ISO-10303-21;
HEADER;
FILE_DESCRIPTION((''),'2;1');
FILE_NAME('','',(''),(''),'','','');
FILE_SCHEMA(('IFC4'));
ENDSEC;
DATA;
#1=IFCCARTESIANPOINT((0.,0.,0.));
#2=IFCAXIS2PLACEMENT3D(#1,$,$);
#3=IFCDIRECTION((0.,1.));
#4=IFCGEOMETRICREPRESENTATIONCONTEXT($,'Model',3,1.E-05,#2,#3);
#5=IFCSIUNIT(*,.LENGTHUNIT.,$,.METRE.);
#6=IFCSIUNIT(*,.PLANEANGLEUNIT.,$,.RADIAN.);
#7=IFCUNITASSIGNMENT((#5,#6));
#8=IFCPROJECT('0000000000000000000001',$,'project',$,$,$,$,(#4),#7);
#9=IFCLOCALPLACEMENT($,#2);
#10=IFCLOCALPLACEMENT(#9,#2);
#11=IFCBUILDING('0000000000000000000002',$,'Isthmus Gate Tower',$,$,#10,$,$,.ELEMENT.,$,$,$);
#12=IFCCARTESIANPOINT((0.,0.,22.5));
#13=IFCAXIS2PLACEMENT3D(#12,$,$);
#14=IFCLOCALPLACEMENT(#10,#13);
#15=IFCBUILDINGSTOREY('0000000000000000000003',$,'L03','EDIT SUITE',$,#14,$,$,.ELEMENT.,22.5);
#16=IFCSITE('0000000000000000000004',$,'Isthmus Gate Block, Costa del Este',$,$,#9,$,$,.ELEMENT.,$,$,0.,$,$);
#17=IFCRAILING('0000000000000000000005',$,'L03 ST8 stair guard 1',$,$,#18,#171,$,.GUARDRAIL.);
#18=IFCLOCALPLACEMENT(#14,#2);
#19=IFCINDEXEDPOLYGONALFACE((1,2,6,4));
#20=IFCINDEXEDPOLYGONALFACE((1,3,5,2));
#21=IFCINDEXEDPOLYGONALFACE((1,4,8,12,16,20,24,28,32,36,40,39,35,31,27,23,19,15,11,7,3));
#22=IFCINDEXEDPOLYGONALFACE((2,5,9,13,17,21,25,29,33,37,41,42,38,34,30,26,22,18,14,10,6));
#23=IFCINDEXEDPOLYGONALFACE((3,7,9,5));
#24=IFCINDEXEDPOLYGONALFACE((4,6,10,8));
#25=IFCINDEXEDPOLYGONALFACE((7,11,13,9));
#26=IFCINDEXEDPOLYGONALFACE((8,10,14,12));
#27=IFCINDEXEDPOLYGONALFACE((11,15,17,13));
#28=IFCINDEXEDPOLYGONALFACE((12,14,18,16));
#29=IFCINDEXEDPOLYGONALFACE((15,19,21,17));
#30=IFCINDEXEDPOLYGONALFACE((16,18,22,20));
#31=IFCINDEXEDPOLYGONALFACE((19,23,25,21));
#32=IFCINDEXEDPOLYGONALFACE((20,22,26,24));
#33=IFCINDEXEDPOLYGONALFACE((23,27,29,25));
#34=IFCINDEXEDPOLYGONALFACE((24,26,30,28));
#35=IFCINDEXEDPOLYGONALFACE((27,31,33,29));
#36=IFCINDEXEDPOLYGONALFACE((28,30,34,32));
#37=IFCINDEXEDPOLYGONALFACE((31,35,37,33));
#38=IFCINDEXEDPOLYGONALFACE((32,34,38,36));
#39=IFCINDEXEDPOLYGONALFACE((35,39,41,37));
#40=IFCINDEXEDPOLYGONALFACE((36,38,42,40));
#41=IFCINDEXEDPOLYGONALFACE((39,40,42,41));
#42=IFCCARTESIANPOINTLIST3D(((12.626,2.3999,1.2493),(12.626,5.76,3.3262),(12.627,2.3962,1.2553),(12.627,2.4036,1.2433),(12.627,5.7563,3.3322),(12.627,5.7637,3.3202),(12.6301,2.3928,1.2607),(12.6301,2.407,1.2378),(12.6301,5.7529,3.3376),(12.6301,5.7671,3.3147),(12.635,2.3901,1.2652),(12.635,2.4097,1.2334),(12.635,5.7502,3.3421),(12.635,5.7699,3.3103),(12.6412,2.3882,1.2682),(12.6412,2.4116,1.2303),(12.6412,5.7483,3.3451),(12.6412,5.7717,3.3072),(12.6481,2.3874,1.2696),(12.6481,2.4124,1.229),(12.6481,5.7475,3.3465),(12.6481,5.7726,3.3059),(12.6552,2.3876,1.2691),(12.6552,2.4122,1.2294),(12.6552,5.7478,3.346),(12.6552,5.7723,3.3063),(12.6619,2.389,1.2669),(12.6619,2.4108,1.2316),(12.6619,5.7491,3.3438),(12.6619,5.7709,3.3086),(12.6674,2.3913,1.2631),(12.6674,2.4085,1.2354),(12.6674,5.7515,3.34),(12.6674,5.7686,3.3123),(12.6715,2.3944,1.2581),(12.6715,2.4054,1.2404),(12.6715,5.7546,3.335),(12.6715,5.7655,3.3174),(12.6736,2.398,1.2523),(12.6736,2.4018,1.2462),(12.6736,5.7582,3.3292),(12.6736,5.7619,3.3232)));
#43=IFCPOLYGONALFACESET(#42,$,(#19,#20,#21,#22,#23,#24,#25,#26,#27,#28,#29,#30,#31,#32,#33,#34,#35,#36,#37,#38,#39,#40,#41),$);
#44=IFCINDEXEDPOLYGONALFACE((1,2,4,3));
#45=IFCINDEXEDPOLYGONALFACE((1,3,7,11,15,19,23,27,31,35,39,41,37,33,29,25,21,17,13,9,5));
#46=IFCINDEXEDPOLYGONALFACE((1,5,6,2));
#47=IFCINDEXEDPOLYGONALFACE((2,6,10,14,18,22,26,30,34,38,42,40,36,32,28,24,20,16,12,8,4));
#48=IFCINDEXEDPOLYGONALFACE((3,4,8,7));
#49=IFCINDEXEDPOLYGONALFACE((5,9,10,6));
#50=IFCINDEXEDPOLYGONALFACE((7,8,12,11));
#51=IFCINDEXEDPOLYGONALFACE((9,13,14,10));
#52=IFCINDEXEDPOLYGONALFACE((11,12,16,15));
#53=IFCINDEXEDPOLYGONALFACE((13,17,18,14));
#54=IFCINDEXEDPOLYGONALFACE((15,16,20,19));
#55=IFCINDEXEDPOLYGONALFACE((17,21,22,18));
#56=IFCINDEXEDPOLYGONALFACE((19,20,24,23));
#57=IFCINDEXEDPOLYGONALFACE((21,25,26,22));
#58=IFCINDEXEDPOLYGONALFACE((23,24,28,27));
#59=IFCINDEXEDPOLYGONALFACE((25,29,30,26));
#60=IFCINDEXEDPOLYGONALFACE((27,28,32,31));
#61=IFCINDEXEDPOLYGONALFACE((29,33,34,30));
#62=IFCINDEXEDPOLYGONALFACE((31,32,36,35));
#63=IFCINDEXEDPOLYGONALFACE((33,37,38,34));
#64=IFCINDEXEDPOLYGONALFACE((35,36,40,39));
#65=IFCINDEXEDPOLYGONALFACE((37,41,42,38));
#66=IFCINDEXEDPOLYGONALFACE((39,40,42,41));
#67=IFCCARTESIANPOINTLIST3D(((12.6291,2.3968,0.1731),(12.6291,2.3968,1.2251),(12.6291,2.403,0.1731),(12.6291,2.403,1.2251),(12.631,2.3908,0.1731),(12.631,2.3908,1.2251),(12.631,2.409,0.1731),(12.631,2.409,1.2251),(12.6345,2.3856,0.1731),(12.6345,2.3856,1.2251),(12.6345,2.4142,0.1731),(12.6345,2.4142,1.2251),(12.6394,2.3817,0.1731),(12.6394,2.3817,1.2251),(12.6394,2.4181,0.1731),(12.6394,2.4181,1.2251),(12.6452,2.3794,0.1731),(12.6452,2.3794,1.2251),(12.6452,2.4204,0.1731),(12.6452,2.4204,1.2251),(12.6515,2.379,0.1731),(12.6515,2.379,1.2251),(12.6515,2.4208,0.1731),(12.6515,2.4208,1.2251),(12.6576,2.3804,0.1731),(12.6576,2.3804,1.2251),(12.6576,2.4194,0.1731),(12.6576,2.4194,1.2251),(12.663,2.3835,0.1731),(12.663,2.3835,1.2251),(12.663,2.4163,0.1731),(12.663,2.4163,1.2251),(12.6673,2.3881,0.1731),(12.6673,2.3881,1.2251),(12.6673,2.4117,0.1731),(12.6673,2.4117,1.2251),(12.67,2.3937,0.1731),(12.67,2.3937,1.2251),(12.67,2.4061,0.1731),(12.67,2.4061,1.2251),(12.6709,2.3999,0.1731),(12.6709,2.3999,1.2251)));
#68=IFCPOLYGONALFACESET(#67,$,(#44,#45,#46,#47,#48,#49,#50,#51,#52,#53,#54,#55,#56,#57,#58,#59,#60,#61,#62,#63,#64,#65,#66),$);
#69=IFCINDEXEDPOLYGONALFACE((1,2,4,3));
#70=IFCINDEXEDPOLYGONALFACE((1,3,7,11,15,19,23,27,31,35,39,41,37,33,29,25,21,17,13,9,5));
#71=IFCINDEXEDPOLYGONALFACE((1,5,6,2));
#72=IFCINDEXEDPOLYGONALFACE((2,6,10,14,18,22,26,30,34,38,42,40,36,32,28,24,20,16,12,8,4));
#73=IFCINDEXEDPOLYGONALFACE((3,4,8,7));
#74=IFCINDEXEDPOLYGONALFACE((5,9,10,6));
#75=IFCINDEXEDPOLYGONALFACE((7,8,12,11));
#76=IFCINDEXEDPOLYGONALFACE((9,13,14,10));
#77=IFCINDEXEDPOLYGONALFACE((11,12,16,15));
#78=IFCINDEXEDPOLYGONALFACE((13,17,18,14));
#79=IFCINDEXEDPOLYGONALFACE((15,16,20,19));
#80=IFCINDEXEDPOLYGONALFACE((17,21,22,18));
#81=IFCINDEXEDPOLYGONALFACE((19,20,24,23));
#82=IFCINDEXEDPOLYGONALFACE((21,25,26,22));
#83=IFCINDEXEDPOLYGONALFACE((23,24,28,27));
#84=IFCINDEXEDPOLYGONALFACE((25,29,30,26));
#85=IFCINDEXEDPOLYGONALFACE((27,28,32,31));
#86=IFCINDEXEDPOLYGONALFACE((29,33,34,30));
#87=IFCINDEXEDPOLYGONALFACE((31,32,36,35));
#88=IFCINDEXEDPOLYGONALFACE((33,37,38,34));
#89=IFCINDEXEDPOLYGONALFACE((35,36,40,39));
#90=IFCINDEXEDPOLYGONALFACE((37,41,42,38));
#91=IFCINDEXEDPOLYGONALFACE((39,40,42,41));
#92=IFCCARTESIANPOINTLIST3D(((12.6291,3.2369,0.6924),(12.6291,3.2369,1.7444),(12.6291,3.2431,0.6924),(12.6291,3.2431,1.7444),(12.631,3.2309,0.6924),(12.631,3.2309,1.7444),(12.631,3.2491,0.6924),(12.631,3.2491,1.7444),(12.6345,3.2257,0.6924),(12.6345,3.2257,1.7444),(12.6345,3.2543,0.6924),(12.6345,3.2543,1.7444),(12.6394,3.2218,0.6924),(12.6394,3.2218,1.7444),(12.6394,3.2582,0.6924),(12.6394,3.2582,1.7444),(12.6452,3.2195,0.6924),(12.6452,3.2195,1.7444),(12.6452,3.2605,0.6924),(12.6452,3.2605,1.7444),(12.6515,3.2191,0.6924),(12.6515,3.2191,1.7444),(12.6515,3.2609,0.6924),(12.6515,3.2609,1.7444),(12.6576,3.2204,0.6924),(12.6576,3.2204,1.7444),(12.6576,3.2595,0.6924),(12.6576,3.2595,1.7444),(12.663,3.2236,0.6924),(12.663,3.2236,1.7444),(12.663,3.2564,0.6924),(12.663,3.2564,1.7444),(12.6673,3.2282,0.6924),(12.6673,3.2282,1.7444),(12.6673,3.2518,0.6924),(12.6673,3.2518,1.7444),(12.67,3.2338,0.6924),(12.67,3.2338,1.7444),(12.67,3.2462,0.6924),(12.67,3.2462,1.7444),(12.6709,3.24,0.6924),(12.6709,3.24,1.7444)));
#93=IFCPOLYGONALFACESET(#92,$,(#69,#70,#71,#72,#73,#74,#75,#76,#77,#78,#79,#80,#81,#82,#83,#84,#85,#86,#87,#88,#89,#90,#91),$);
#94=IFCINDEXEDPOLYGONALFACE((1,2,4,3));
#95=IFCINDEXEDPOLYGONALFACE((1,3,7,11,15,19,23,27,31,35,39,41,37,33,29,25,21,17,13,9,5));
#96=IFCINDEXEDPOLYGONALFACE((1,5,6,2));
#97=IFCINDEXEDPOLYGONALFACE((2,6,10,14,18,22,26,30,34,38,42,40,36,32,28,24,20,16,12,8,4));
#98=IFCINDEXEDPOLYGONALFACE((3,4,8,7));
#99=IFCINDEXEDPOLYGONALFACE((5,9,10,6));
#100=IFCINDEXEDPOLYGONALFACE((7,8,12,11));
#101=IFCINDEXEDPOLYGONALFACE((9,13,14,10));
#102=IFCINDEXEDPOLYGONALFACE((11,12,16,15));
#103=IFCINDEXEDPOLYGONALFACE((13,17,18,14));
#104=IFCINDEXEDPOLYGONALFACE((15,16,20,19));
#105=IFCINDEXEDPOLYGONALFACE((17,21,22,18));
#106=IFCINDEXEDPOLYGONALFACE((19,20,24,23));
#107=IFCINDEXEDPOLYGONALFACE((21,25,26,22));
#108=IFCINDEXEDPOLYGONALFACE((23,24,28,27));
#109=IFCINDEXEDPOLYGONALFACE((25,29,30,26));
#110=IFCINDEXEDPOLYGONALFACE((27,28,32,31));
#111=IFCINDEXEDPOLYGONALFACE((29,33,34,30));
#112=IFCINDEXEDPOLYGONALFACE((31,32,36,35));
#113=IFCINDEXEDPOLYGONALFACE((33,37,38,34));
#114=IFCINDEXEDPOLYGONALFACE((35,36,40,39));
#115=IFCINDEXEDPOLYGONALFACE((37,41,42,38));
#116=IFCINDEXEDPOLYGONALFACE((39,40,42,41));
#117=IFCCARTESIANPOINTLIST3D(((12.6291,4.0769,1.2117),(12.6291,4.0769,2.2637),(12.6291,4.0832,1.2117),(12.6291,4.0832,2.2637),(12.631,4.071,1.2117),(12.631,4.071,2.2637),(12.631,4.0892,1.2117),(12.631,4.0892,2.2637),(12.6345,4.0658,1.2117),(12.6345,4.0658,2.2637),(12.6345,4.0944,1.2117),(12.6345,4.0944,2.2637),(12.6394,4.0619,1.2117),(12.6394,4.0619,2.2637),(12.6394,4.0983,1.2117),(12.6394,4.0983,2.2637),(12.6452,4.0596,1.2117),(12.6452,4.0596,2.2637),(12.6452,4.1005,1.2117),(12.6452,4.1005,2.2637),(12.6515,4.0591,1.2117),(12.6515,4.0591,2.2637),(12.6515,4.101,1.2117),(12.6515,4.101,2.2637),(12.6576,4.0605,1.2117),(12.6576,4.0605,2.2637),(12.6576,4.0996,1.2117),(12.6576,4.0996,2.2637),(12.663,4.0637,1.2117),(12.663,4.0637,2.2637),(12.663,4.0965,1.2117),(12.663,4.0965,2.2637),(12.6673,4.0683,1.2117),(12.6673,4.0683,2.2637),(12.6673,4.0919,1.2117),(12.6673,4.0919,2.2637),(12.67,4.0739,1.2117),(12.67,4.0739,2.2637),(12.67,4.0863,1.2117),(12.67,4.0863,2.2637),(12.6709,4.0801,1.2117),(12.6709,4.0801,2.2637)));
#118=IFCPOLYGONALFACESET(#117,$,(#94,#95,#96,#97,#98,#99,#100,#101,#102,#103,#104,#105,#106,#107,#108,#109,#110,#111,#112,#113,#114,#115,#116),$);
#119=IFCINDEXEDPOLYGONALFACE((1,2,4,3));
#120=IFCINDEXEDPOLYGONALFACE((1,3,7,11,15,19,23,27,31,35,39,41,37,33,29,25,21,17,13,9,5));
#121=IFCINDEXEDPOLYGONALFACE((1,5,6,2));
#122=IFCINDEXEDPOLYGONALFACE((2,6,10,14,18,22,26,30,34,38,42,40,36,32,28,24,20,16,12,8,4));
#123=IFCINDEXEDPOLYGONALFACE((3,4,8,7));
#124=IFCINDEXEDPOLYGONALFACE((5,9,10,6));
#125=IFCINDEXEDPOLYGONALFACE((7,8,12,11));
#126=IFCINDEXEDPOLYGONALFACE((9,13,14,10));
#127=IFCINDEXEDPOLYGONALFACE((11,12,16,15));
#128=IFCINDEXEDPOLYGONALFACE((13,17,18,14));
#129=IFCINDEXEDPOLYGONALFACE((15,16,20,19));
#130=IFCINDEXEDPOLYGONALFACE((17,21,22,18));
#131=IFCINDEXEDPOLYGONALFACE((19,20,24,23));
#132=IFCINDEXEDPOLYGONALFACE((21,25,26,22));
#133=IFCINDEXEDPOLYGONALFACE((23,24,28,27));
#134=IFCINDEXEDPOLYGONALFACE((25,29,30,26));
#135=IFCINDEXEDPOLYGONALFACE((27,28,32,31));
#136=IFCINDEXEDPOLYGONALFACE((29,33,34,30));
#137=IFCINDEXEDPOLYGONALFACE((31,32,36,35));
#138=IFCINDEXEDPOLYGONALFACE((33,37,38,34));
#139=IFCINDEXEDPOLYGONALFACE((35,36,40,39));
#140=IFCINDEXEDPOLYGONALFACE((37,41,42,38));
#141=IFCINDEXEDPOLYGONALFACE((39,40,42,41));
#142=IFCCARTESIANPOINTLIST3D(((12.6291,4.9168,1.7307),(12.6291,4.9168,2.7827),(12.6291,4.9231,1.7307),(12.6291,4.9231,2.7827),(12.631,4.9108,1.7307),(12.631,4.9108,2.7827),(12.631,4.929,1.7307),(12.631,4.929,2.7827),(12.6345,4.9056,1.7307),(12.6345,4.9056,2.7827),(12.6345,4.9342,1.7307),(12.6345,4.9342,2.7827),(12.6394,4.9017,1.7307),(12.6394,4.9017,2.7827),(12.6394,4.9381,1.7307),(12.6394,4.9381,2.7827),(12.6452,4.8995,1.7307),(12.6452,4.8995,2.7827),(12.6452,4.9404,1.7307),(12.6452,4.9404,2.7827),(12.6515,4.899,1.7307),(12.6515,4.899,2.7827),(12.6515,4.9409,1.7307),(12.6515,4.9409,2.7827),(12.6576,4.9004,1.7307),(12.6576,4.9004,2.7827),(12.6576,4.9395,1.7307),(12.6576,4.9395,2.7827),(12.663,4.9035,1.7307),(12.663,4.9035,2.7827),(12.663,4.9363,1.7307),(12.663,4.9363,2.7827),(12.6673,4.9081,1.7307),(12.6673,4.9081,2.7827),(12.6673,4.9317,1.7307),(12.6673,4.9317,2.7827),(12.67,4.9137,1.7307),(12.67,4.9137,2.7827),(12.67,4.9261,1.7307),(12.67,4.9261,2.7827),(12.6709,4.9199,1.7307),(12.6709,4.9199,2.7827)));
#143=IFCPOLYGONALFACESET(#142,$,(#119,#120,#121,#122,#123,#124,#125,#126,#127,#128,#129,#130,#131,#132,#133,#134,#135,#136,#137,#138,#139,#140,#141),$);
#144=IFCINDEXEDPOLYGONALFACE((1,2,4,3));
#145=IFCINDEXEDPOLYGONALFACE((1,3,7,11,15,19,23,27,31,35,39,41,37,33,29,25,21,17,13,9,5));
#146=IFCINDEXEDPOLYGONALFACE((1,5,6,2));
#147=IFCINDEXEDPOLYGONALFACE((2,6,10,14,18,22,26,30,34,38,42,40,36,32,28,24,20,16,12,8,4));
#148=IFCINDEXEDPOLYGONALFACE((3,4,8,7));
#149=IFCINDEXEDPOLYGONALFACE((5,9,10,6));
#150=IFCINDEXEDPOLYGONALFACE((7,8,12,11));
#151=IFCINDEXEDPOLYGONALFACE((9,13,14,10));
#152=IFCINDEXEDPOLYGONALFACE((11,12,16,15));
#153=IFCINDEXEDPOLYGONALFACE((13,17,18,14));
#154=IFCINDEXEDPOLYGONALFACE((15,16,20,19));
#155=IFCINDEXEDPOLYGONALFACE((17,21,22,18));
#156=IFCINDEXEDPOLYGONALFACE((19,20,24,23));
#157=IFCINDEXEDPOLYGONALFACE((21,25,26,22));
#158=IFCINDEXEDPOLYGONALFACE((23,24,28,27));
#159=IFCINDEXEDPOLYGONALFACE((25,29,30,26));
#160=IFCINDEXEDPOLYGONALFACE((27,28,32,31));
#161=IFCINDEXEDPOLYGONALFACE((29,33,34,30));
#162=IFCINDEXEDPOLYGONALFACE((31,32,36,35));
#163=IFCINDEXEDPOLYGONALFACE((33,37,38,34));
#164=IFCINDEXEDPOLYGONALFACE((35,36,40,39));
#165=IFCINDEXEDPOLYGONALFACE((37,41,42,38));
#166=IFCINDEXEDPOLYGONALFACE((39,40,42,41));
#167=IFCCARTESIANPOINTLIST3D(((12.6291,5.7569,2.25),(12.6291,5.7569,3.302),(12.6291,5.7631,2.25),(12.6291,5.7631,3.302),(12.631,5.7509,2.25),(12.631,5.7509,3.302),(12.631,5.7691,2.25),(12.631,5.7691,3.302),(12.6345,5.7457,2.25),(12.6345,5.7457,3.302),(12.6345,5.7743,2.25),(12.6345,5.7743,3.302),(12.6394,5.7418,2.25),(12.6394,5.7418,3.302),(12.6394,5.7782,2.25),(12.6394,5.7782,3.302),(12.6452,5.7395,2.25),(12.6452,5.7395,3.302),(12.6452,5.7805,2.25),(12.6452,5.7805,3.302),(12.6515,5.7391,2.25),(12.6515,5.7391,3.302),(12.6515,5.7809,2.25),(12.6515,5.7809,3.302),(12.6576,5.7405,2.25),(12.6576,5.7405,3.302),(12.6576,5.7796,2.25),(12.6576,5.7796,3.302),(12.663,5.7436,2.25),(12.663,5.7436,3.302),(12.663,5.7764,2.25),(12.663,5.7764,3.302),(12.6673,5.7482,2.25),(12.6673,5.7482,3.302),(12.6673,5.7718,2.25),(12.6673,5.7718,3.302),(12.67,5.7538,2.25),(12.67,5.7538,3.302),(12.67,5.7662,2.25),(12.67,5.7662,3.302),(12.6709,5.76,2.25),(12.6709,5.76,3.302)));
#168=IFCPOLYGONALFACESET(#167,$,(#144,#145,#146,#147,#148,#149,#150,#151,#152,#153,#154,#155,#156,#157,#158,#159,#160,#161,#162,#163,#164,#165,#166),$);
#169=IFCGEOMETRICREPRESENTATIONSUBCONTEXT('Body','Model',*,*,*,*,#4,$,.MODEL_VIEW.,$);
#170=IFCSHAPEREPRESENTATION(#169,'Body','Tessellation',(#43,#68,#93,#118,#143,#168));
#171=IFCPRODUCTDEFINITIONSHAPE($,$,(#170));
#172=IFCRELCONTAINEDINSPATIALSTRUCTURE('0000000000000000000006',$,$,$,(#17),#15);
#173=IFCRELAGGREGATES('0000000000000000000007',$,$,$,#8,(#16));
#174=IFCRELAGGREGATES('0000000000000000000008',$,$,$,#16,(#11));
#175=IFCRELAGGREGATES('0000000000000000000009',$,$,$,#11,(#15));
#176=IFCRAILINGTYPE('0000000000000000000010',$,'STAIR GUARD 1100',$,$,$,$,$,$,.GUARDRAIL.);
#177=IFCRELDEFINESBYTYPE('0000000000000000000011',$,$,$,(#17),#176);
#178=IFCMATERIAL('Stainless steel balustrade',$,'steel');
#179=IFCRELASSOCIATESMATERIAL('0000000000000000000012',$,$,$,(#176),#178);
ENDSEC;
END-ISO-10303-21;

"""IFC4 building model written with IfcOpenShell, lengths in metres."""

from ifc_helpers import new_model, si_unit, direction, frame, origin, origin_2d, place, context, subcontext, project, spatial, circle, extrude, material, type_object, element, save


model = new_model("IFC4")

# Units and contexts
model_context = context("Model", 3, precision=1e-05, world=origin(), true_north=direction((0.0, 1.0)))
body_context = subcontext(model_context, "Body", "Model", "MODEL_VIEW")
ifc_project = project(units=[si_unit("LENGTHUNIT", "METRE"), si_unit("PLANEANGLEUNIT", "RADIAN")], contexts=[model_context])

# Site, building, storey
site_placement = place(None, origin())
site = spatial("IfcSite", under=ifc_project, at=site_placement, Name="Isthmus Gate Block, Costa del Este", CompositionType="ELEMENT", RefElevation=0.0)
building_placement = place(site_placement, origin())
building = spatial("IfcBuilding", under=site, at=building_placement, Name="Isthmus Gate Tower", CompositionType="ELEMENT")
storey_placement = place(building_placement, frame((0.0, 0.0, 22.5)))
storey = spatial("IfcBuildingStorey", under=building, at=storey_placement, Name="L03", Description="EDIT SUITE", CompositionType="ELEMENT", Elevation=22.5)

# Railing
ifc_material_1 = material(Name="Stainless steel balustrade", Category="steel")
railing_type_1 = type_object("IfcRailingType", Name="STAIR GUARD 1100", PredefinedType="GUARDRAIL", material=ifc_material_1)
railing_1_placement = place(storey_placement, frame((12.6499, 2.3999, 0.1731)))
element("IfcRailing", 1, at=railing_1_placement, inside=storey, type_object=railing_type_1, Name="L03 ST8 stair guard 1", PredefinedType="GUARDRAIL", context=body_context, shape_type="SweptSolid", body=[
    extrude(circle(Radius=0.0239, at=origin_2d()), frame((0.0, 0.0, 1.0762), z_axis=(0.0, 0.850623, 0.525776), x_axis=(-1.0, 0.0, 0.0)), (0.0, 0.0, 1.0), 3.9502),
    extrude(circle(Radius=0.021, at=origin_2d()), origin(), (0.0, 0.0, 1.0), 1.052),
    extrude(circle(Radius=0.021, at=origin_2d()), frame((0.0, 0.8401, 0.5193)), (0.0, 0.0, 1.0), 1.052),
    extrude(circle(Radius=0.021, at=origin_2d()), frame((0.0, 1.6802, 1.0386)), (0.0, 0.0, 1.0), 1.052),
    extrude(circle(Radius=0.021, at=origin_2d()), frame((0.0, 2.52, 1.5576)), (0.0, 0.0, 1.0), 1.052),
    extrude(circle(Radius=0.021, at=origin_2d()), frame((0.0, 3.3601, 2.0769)), (0.0, 0.0, 1.0), 1.052),
])

save(model, "model.ifc")
